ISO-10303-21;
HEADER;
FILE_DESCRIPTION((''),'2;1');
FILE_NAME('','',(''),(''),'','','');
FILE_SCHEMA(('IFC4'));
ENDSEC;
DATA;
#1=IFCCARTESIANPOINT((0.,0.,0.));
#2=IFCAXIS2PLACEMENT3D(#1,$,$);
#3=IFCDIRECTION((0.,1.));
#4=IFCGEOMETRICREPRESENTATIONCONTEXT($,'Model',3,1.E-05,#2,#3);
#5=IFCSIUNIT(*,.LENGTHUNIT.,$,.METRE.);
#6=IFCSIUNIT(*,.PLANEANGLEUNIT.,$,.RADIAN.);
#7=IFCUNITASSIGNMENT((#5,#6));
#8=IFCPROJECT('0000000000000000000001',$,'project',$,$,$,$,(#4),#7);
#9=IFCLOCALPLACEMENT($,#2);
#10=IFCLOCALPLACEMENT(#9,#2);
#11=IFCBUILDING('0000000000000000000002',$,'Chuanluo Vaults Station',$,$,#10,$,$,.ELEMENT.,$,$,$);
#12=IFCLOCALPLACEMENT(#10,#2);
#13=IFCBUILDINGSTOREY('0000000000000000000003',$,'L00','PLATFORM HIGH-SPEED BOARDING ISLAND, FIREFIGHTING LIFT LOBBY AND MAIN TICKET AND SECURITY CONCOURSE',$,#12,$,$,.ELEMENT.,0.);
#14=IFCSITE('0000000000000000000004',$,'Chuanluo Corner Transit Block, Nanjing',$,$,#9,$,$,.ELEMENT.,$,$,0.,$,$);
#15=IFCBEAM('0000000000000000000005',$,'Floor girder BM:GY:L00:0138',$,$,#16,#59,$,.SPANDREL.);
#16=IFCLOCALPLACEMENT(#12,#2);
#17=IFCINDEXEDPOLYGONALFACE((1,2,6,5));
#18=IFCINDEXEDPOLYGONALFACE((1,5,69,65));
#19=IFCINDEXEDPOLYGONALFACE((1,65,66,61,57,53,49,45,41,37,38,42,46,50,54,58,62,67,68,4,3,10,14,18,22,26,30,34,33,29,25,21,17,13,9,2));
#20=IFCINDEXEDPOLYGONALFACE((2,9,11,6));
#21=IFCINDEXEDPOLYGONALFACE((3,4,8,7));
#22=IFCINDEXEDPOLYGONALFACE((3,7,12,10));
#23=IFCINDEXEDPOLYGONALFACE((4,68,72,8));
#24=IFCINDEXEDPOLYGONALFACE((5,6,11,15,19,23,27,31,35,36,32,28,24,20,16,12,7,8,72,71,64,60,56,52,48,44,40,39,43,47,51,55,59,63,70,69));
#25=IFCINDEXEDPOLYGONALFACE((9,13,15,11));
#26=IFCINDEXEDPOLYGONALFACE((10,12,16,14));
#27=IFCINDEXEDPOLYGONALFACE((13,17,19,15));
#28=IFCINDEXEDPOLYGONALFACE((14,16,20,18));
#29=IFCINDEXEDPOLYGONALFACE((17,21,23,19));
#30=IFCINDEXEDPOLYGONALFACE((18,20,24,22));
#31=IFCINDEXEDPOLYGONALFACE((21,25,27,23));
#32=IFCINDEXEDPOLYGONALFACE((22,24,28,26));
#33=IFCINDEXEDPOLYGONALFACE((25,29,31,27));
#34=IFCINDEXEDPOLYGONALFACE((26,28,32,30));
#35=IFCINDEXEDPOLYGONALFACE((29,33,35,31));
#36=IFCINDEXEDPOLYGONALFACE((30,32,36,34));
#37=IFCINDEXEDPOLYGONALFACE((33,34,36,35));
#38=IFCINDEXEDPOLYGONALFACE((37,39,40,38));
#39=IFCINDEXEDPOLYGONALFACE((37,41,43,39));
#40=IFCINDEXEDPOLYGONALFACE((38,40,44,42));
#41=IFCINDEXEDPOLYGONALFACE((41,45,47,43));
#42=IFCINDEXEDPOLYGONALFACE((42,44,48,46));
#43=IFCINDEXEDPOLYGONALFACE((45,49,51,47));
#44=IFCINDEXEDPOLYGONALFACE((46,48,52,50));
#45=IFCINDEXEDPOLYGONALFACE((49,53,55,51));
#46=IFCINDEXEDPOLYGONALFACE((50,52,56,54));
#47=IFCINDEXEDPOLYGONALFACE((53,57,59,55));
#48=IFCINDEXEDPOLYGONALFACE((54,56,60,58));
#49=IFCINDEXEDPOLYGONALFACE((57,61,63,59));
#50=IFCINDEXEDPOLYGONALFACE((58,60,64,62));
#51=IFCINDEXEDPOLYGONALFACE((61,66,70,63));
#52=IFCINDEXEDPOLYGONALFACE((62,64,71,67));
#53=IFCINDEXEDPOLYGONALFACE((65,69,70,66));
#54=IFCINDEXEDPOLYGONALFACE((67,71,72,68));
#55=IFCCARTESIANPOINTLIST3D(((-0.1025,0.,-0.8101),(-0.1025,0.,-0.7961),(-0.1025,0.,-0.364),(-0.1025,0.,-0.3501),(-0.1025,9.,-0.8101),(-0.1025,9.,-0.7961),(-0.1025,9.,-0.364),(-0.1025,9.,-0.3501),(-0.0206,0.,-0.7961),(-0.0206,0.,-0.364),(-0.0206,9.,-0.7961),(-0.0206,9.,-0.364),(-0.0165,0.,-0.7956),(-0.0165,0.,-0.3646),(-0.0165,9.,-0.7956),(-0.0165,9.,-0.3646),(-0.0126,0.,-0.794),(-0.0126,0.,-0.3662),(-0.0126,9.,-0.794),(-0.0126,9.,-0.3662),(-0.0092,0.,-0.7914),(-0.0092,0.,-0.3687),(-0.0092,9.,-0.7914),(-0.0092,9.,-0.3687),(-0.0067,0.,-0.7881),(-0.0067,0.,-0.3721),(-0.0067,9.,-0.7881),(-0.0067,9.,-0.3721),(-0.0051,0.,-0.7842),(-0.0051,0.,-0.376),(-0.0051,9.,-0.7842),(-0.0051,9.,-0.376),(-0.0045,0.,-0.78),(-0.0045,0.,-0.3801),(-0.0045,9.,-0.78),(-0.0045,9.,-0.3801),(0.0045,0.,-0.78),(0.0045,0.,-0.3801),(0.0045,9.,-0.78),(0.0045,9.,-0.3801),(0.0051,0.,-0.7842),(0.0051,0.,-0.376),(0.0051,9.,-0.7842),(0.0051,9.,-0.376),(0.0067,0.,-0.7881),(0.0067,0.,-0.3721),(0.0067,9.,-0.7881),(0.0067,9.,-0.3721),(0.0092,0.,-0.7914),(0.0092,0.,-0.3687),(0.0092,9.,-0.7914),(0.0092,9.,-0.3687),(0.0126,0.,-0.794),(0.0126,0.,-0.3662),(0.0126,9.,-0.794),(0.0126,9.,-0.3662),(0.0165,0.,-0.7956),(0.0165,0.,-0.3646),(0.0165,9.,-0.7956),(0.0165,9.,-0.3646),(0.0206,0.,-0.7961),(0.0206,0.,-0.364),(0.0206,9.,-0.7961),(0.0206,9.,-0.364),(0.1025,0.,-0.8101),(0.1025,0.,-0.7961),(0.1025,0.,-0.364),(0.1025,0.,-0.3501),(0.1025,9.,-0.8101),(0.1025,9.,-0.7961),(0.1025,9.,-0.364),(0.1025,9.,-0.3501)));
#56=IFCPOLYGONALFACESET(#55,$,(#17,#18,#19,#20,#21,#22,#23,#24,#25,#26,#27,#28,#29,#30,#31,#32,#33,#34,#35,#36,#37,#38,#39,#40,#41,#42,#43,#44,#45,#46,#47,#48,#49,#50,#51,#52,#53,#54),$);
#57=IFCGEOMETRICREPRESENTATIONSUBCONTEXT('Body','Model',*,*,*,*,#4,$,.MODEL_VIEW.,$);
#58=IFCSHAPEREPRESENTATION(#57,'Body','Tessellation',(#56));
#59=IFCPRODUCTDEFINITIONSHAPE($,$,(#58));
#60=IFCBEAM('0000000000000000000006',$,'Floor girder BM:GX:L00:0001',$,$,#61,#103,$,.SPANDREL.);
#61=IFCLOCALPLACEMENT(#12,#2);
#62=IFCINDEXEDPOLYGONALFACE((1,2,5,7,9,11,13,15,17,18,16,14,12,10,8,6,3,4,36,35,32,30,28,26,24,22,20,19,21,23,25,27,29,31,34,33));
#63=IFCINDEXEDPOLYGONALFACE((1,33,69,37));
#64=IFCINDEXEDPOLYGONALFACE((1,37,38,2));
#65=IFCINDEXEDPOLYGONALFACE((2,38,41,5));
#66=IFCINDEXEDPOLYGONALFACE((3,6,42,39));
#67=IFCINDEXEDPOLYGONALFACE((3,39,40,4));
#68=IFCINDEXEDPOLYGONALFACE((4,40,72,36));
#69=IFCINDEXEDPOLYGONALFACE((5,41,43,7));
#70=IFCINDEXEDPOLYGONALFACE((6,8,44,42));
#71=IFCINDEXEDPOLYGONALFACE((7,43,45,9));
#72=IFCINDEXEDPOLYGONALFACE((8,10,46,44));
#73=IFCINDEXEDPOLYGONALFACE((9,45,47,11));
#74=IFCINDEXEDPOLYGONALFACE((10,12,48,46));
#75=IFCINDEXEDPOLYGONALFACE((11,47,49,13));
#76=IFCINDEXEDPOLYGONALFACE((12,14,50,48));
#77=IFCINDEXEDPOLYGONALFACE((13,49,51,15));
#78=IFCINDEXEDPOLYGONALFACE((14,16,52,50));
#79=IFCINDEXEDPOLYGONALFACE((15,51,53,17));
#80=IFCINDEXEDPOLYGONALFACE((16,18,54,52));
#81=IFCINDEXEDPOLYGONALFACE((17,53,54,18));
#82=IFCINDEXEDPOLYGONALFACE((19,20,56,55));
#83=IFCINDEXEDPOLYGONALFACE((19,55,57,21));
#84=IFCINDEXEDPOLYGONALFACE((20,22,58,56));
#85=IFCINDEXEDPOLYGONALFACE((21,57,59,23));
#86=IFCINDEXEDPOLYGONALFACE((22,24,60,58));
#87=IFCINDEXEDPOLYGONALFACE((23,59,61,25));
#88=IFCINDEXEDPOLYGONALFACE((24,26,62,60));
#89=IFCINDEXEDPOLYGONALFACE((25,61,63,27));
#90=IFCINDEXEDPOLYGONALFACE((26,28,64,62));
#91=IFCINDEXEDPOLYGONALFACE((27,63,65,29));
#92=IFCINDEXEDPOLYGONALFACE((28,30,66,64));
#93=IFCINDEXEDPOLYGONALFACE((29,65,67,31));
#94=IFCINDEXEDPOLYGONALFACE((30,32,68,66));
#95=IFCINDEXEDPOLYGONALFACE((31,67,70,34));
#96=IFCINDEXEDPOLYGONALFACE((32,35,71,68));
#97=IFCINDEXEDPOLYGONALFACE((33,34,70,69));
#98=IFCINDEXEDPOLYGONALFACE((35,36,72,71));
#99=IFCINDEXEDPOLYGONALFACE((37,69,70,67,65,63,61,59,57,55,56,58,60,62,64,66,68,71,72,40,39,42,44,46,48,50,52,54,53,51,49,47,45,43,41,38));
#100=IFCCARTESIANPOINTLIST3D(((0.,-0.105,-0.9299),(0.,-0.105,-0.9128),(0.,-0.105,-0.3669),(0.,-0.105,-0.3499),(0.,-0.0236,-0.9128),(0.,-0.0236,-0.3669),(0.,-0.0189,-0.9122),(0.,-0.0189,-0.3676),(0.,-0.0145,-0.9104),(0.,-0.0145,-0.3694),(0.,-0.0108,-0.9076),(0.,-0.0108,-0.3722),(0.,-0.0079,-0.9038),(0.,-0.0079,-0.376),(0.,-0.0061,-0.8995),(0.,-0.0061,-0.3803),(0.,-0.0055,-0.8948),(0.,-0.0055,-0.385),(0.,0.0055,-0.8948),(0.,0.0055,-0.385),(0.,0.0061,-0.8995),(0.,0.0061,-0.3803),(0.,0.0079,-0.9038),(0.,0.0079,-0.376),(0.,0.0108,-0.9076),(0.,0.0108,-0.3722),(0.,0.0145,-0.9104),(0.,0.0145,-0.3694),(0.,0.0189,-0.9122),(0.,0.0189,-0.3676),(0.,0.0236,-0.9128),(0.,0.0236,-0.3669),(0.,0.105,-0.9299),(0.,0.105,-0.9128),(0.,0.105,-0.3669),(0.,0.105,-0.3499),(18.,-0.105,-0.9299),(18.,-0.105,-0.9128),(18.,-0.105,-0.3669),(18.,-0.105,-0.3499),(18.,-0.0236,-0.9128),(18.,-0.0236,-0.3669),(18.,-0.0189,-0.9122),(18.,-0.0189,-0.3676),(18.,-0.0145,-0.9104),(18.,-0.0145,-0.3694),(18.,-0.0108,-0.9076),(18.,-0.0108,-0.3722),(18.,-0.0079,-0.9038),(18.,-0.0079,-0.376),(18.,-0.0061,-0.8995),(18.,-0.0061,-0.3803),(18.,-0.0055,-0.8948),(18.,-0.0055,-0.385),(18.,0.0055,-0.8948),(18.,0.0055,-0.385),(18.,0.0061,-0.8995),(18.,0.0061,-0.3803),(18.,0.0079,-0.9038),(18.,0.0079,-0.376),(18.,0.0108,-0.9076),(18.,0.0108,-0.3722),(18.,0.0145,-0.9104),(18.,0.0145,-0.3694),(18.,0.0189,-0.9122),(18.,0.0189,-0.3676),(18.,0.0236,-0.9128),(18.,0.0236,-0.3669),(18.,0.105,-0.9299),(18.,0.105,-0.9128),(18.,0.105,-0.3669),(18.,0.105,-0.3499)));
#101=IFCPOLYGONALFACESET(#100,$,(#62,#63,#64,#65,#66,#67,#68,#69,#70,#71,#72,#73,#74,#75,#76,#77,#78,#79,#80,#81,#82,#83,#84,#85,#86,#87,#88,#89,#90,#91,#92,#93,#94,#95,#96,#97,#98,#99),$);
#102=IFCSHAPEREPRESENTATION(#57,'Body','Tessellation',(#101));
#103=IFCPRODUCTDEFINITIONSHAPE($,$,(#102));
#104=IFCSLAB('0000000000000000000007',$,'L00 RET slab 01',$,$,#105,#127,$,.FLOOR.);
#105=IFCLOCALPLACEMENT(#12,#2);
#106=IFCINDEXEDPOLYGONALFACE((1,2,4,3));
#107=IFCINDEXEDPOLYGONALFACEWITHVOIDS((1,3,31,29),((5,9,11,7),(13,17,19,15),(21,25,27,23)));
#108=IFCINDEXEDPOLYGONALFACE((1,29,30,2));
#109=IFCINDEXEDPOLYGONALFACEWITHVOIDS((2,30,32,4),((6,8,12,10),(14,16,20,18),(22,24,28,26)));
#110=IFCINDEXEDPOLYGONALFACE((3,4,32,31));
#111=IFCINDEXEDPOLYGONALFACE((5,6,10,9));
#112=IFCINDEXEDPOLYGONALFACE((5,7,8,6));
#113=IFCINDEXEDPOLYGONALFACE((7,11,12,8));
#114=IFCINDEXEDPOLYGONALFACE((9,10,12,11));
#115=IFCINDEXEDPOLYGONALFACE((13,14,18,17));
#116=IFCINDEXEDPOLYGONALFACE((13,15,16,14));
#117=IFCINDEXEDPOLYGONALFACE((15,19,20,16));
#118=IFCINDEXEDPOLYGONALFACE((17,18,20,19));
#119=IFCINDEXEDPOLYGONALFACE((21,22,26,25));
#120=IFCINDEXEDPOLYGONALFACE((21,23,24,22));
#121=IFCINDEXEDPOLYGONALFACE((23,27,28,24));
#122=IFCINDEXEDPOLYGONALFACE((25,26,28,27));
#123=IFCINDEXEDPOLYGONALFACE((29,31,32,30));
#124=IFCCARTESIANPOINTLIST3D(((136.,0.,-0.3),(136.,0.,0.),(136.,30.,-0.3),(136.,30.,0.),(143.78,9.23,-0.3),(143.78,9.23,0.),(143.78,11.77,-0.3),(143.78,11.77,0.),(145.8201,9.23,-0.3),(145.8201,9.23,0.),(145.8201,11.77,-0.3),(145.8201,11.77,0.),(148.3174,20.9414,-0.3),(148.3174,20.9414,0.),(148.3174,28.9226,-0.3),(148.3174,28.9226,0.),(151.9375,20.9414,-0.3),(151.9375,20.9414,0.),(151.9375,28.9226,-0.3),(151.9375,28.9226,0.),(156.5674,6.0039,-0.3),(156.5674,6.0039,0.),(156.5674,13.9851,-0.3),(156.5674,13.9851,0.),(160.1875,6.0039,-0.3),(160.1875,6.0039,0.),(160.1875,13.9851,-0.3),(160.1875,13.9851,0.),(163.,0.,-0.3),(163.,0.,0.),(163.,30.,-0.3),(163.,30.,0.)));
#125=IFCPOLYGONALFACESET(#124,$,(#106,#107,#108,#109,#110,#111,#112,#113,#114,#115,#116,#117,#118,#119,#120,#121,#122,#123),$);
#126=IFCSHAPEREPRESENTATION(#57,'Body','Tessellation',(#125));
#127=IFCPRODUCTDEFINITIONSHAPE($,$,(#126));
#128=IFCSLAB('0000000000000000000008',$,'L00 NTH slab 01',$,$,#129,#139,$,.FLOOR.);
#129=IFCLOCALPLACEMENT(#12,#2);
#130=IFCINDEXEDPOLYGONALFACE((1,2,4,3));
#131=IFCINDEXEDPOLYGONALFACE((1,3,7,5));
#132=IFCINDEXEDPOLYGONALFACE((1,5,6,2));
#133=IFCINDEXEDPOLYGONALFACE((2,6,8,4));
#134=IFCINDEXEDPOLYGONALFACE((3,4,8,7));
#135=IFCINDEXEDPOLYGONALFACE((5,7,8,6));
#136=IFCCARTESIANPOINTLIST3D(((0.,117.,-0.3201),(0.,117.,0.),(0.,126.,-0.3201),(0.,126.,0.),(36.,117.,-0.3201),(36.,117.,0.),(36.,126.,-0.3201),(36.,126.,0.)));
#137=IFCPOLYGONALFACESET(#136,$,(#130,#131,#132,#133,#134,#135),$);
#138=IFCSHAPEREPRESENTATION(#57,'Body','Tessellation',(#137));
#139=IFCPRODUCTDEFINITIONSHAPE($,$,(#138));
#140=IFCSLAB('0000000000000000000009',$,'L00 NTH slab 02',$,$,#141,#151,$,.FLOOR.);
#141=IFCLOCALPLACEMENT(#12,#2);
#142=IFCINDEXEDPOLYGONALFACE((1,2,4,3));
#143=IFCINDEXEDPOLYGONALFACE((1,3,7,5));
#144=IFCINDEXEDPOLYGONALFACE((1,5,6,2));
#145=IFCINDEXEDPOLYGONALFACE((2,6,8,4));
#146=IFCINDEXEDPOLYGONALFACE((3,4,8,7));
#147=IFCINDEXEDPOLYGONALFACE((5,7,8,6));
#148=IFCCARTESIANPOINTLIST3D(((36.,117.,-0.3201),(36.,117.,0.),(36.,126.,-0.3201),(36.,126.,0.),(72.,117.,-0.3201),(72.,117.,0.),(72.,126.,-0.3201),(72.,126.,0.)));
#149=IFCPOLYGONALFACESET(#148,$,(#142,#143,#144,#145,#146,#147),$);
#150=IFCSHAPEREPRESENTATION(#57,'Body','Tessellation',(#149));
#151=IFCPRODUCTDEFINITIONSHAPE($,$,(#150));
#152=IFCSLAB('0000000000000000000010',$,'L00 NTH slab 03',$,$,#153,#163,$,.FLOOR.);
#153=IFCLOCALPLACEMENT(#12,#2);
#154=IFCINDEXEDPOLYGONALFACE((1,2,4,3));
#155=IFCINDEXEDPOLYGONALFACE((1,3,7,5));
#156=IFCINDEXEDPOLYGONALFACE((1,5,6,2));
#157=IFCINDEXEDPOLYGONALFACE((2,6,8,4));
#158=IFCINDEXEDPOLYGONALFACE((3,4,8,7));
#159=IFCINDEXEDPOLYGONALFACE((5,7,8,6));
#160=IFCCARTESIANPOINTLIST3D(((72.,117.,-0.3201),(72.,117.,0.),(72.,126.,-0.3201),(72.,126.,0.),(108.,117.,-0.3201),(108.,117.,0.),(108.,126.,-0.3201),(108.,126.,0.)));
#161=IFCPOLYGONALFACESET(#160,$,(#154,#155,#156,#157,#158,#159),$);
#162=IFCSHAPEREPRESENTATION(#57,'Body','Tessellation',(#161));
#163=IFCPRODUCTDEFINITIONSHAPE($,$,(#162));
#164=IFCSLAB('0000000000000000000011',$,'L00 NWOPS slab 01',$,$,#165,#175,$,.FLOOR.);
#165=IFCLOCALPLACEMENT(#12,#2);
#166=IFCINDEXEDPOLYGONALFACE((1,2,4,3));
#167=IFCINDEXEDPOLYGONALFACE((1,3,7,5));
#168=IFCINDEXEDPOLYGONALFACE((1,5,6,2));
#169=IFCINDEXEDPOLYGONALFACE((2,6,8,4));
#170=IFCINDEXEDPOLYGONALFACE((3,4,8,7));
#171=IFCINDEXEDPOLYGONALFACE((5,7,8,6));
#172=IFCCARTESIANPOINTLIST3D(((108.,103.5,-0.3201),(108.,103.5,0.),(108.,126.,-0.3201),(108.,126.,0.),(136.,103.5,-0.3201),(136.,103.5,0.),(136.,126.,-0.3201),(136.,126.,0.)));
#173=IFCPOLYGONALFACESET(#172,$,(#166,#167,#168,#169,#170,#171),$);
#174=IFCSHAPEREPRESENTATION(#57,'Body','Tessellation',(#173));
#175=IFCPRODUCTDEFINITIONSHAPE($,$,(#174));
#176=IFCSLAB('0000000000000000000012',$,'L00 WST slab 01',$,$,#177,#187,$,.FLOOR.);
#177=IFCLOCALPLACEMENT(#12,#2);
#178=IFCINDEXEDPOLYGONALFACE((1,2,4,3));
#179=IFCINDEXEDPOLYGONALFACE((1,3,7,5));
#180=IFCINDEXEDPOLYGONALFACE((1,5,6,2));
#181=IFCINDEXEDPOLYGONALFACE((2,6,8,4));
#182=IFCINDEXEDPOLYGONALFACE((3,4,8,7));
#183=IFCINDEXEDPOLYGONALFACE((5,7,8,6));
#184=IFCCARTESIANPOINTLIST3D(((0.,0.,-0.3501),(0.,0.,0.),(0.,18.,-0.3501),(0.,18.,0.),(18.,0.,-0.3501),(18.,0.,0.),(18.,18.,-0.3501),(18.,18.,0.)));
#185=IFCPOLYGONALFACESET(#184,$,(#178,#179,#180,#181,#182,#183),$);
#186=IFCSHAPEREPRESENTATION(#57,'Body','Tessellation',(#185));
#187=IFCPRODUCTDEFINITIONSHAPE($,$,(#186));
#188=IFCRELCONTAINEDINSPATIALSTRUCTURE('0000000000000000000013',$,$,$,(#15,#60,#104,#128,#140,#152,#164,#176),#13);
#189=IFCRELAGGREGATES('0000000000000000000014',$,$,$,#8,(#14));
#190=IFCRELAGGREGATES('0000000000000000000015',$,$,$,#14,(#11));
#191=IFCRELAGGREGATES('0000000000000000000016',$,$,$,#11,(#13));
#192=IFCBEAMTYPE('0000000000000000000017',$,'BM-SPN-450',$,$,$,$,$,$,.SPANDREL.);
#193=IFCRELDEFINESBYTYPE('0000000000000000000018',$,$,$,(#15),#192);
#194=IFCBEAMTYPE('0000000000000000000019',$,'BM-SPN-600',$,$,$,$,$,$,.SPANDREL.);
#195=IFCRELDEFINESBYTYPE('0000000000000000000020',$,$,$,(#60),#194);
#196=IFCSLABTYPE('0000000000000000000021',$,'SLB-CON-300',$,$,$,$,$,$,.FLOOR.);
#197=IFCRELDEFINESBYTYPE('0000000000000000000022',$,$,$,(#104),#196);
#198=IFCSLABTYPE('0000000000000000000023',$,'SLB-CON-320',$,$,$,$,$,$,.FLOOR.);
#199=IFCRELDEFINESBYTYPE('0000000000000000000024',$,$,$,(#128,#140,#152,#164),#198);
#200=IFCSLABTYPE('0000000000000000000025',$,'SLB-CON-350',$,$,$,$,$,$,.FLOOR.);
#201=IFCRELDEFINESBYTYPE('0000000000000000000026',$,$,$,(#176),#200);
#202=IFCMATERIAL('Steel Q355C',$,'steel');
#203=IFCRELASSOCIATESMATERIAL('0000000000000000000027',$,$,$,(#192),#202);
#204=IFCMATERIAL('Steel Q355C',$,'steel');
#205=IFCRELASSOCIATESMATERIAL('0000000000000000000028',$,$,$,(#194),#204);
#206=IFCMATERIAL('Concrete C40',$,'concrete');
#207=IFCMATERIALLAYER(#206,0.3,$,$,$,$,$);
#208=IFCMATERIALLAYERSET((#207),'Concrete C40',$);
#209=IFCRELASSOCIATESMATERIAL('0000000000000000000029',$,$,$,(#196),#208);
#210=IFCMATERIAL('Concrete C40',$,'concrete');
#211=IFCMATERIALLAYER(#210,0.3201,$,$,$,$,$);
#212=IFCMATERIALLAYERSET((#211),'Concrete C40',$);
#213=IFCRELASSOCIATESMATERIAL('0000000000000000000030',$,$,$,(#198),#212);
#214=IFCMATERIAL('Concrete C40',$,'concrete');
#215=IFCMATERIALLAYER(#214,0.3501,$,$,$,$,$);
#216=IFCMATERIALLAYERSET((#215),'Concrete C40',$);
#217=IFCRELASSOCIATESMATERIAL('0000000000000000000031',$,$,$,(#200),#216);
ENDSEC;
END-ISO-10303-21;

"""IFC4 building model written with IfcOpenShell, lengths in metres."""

from ifc_helpers import new_model, si_unit, direction, frame, origin, origin_2d, place, context, subcontext, project, spatial, polyline, i_section, outline, extrude, material, layer, layer_set, material_profile, profile_set, type_object, element, save


model = new_model("IFC4")

# Units and contexts
model_context = context("Model", 3, precision=1e-05, world=origin(), true_north=direction((0.0, 1.0)))
body_context = subcontext(model_context, "Body", "Model", "MODEL_VIEW")
ifc_project = project(units=[si_unit("LENGTHUNIT", "METRE"), si_unit("PLANEANGLEUNIT", "RADIAN")], contexts=[model_context])

# Site, building, storey
site_placement = place(None, origin())
site = spatial("IfcSite", under=ifc_project, at=site_placement, Name="Chuanluo Corner Transit Block, Nanjing", CompositionType="ELEMENT", RefElevation=0.0)
building_placement = place(site_placement, origin())
building = spatial("IfcBuilding", under=site, at=building_placement, Name="Chuanluo Vaults Station", CompositionType="ELEMENT")
storey_placement = place(building_placement, origin())
storey = spatial("IfcBuildingStorey", under=building, at=storey_placement, Name="L00", Description="PLATFORM HIGH-SPEED BOARDING ISLAND, FIREFIGHTING LIFT LOBBY AND MAIN TICKET AND SECURITY CONCOURSE", CompositionType="ELEMENT", Elevation=0.0)

# Beams
ifc_material_1 = material(Name="Steel Q355C", Category="steel")
ifc_material_profile_1 = material_profile(ifc_material_1, i_section(OverallWidth=0.2051, OverallDepth=0.46, WebThickness=0.009, FlangeThickness=0.0139, FilletRadius=0.0161, at=origin_2d()))
ifc_profile_set_1 = profile_set([ifc_material_profile_1], Name="Steel Q355C")
beam_type_1 = type_object("IfcBeamType", Name="BM-SPN-450", PredefinedType="SPANDREL", material=ifc_profile_set_1)
beam_1_placement = place(storey_placement, frame((0.0, 0.0, -0.5801), z_axis=(0.0, 1.0, 0.0), x_axis=(-1.0, 0.0, 0.0)))
element("IfcBeam", 1, at=beam_1_placement, inside=storey, type_object=beam_type_1, Name="Floor girder BM:GY:L00:0138", PredefinedType="SPANDREL", context=body_context, shape_type="SweptSolid", body=[
    extrude(i_section(OverallWidth=0.2051, OverallDepth=0.46, WebThickness=0.009, FlangeThickness=0.0139, FilletRadius=0.0161, at=origin_2d()), origin(), (0.0, 0.0, 1.0), 9.0),
])
ifc_material_2 = material(Name="Steel Q355C", Category="steel")
ifc_material_profile_2 = material_profile(ifc_material_2, i_section(OverallWidth=0.21, OverallDepth=0.5801, WebThickness=0.011, FlangeThickness=0.0171, FilletRadius=0.0181, at=origin_2d()))
ifc_profile_set_2 = profile_set([ifc_material_profile_2], Name="Steel Q355C")
beam_type_2 = type_object("IfcBeamType", Name="BM-SPN-600", PredefinedType="SPANDREL", material=ifc_profile_set_2)
beam_2_placement = place(storey_placement, frame((0.0, 0.0, -0.6399), z_axis=(1.0, 0.0, 0.0), x_axis=(0.0, 1.0, 0.0)))
element("IfcBeam", 2, at=beam_2_placement, inside=storey, type_object=beam_type_2, Name="Floor girder BM:GX:L00:0001", PredefinedType="SPANDREL", context=body_context, shape_type="SweptSolid", body=[
    extrude(i_section(OverallWidth=0.21, OverallDepth=0.5801, WebThickness=0.011, FlangeThickness=0.0171, FilletRadius=0.0181, at=origin_2d()), origin(), (0.0, 0.0, 1.0), 18.0),
])

# Slabs
ifc_material_3 = material(Name="Concrete C40", Category="concrete")
ifc_layer_1 = layer(ifc_material_3, 0.3)
ifc_layer_set_1 = layer_set([ifc_layer_1], Name="Concrete C40")
slab_type_1 = type_object("IfcSlabType", Name="SLB-CON-300", PredefinedType="FLOOR", material=ifc_layer_set_1)
slab_1_placement = place(storey_placement, frame((0.0, 0.0, -0.3)))
element("IfcSlab", 3, at=slab_1_placement, inside=storey, type_object=slab_type_1, Name="L00 RET slab 01", PredefinedType="FLOOR", context=body_context, shape_type="SweptSolid", body=[
    extrude(outline(polyline([(136.0, 0.0), (163.0, 0.0), (163.0, 30.0), (136.0, 30.0), (136.0, 0.0)]), holes=[polyline([(151.9375, 20.9414), (151.9375, 28.9226), (148.3174, 28.9226), (148.3174, 20.9414), (151.9375, 20.9414)]), polyline([(160.1875, 6.0039), (160.1875, 13.9851), (156.5674, 13.9851), (156.5674, 6.0039), (160.1875, 6.0039)]), polyline([(143.78, 9.23), (145.8201, 9.23), (145.8201, 11.77), (143.78, 11.77), (143.78, 9.23)])]), origin(), (0.0, 0.0, 1.0), 0.3),
])
ifc_material_4 = material(Name="Concrete C40", Category="concrete")
ifc_layer_2 = layer(ifc_material_4, 0.3201)
ifc_layer_set_2 = layer_set([ifc_layer_2], Name="Concrete C40")
slab_type_2 = type_object("IfcSlabType", Name="SLB-CON-320", PredefinedType="FLOOR", material=ifc_layer_set_2)
slab_2_placement = place(storey_placement, frame((0.0, 0.0, -0.3201)))
element("IfcSlab", 4, at=slab_2_placement, inside=storey, type_object=slab_type_2, Name="L00 NTH slab 01", PredefinedType="FLOOR", context=body_context, shape_type="SweptSolid", body=[
    extrude(outline(polyline([(0.0, 117.0), (36.0, 117.0), (36.0, 126.0), (0.0, 126.0), (0.0, 117.0)])), origin(), (0.0, 0.0, 1.0), 0.3201),
])
slab_3_placement = place(storey_placement, frame((0.0, 0.0, -0.3201)))
element("IfcSlab", 5, at=slab_3_placement, inside=storey, type_object=slab_type_2, Name="L00 NTH slab 02", PredefinedType="FLOOR", context=body_context, shape_type="SweptSolid", body=[
    extrude(outline(polyline([(36.0, 117.0), (72.0, 117.0), (72.0, 126.0), (36.0, 126.0), (36.0, 117.0)])), origin(), (0.0, 0.0, 1.0), 0.3201),
])
slab_4_placement = place(storey_placement, frame((0.0, 0.0, -0.3201)))
element("IfcSlab", 6, at=slab_4_placement, inside=storey, type_object=slab_type_2, Name="L00 NTH slab 03", PredefinedType="FLOOR", context=body_context, shape_type="SweptSolid", body=[
    extrude(outline(polyline([(72.0, 117.0), (108.0, 117.0), (108.0, 126.0), (72.0, 126.0), (72.0, 117.0)])), origin(), (0.0, 0.0, 1.0), 0.3201),
])
slab_5_placement = place(storey_placement, frame((0.0, 0.0, -0.3201)))
element("IfcSlab", 7, at=slab_5_placement, inside=storey, type_object=slab_type_2, Name="L00 NWOPS slab 01", PredefinedType="FLOOR", context=body_context, shape_type="SweptSolid", body=[
    extrude(outline(polyline([(108.0, 103.5), (136.0, 103.5), (136.0, 126.0), (108.0, 126.0), (108.0, 103.5)])), origin(), (0.0, 0.0, 1.0), 0.3201),
])
ifc_material_5 = material(Name="Concrete C40", Category="concrete")
ifc_layer_3 = layer(ifc_material_5, 0.3501)
ifc_layer_set_3 = layer_set([ifc_layer_3], Name="Concrete C40")
slab_type_3 = type_object("IfcSlabType", Name="SLB-CON-350", PredefinedType="FLOOR", material=ifc_layer_set_3)
slab_6_placement = place(storey_placement, frame((0.0, 0.0, -0.3501)))
element("IfcSlab", 8, at=slab_6_placement, inside=storey, type_object=slab_type_3, Name="L00 WST slab 01", PredefinedType="FLOOR", context=body_context, shape_type="SweptSolid", body=[
    extrude(outline(polyline([(0.0, 0.0), (18.0, 0.0), (18.0, 18.0), (0.0, 18.0), (0.0, 0.0)])), origin(), (0.0, 0.0, 1.0), 0.3501),
])

save(model, "model.ifc")
